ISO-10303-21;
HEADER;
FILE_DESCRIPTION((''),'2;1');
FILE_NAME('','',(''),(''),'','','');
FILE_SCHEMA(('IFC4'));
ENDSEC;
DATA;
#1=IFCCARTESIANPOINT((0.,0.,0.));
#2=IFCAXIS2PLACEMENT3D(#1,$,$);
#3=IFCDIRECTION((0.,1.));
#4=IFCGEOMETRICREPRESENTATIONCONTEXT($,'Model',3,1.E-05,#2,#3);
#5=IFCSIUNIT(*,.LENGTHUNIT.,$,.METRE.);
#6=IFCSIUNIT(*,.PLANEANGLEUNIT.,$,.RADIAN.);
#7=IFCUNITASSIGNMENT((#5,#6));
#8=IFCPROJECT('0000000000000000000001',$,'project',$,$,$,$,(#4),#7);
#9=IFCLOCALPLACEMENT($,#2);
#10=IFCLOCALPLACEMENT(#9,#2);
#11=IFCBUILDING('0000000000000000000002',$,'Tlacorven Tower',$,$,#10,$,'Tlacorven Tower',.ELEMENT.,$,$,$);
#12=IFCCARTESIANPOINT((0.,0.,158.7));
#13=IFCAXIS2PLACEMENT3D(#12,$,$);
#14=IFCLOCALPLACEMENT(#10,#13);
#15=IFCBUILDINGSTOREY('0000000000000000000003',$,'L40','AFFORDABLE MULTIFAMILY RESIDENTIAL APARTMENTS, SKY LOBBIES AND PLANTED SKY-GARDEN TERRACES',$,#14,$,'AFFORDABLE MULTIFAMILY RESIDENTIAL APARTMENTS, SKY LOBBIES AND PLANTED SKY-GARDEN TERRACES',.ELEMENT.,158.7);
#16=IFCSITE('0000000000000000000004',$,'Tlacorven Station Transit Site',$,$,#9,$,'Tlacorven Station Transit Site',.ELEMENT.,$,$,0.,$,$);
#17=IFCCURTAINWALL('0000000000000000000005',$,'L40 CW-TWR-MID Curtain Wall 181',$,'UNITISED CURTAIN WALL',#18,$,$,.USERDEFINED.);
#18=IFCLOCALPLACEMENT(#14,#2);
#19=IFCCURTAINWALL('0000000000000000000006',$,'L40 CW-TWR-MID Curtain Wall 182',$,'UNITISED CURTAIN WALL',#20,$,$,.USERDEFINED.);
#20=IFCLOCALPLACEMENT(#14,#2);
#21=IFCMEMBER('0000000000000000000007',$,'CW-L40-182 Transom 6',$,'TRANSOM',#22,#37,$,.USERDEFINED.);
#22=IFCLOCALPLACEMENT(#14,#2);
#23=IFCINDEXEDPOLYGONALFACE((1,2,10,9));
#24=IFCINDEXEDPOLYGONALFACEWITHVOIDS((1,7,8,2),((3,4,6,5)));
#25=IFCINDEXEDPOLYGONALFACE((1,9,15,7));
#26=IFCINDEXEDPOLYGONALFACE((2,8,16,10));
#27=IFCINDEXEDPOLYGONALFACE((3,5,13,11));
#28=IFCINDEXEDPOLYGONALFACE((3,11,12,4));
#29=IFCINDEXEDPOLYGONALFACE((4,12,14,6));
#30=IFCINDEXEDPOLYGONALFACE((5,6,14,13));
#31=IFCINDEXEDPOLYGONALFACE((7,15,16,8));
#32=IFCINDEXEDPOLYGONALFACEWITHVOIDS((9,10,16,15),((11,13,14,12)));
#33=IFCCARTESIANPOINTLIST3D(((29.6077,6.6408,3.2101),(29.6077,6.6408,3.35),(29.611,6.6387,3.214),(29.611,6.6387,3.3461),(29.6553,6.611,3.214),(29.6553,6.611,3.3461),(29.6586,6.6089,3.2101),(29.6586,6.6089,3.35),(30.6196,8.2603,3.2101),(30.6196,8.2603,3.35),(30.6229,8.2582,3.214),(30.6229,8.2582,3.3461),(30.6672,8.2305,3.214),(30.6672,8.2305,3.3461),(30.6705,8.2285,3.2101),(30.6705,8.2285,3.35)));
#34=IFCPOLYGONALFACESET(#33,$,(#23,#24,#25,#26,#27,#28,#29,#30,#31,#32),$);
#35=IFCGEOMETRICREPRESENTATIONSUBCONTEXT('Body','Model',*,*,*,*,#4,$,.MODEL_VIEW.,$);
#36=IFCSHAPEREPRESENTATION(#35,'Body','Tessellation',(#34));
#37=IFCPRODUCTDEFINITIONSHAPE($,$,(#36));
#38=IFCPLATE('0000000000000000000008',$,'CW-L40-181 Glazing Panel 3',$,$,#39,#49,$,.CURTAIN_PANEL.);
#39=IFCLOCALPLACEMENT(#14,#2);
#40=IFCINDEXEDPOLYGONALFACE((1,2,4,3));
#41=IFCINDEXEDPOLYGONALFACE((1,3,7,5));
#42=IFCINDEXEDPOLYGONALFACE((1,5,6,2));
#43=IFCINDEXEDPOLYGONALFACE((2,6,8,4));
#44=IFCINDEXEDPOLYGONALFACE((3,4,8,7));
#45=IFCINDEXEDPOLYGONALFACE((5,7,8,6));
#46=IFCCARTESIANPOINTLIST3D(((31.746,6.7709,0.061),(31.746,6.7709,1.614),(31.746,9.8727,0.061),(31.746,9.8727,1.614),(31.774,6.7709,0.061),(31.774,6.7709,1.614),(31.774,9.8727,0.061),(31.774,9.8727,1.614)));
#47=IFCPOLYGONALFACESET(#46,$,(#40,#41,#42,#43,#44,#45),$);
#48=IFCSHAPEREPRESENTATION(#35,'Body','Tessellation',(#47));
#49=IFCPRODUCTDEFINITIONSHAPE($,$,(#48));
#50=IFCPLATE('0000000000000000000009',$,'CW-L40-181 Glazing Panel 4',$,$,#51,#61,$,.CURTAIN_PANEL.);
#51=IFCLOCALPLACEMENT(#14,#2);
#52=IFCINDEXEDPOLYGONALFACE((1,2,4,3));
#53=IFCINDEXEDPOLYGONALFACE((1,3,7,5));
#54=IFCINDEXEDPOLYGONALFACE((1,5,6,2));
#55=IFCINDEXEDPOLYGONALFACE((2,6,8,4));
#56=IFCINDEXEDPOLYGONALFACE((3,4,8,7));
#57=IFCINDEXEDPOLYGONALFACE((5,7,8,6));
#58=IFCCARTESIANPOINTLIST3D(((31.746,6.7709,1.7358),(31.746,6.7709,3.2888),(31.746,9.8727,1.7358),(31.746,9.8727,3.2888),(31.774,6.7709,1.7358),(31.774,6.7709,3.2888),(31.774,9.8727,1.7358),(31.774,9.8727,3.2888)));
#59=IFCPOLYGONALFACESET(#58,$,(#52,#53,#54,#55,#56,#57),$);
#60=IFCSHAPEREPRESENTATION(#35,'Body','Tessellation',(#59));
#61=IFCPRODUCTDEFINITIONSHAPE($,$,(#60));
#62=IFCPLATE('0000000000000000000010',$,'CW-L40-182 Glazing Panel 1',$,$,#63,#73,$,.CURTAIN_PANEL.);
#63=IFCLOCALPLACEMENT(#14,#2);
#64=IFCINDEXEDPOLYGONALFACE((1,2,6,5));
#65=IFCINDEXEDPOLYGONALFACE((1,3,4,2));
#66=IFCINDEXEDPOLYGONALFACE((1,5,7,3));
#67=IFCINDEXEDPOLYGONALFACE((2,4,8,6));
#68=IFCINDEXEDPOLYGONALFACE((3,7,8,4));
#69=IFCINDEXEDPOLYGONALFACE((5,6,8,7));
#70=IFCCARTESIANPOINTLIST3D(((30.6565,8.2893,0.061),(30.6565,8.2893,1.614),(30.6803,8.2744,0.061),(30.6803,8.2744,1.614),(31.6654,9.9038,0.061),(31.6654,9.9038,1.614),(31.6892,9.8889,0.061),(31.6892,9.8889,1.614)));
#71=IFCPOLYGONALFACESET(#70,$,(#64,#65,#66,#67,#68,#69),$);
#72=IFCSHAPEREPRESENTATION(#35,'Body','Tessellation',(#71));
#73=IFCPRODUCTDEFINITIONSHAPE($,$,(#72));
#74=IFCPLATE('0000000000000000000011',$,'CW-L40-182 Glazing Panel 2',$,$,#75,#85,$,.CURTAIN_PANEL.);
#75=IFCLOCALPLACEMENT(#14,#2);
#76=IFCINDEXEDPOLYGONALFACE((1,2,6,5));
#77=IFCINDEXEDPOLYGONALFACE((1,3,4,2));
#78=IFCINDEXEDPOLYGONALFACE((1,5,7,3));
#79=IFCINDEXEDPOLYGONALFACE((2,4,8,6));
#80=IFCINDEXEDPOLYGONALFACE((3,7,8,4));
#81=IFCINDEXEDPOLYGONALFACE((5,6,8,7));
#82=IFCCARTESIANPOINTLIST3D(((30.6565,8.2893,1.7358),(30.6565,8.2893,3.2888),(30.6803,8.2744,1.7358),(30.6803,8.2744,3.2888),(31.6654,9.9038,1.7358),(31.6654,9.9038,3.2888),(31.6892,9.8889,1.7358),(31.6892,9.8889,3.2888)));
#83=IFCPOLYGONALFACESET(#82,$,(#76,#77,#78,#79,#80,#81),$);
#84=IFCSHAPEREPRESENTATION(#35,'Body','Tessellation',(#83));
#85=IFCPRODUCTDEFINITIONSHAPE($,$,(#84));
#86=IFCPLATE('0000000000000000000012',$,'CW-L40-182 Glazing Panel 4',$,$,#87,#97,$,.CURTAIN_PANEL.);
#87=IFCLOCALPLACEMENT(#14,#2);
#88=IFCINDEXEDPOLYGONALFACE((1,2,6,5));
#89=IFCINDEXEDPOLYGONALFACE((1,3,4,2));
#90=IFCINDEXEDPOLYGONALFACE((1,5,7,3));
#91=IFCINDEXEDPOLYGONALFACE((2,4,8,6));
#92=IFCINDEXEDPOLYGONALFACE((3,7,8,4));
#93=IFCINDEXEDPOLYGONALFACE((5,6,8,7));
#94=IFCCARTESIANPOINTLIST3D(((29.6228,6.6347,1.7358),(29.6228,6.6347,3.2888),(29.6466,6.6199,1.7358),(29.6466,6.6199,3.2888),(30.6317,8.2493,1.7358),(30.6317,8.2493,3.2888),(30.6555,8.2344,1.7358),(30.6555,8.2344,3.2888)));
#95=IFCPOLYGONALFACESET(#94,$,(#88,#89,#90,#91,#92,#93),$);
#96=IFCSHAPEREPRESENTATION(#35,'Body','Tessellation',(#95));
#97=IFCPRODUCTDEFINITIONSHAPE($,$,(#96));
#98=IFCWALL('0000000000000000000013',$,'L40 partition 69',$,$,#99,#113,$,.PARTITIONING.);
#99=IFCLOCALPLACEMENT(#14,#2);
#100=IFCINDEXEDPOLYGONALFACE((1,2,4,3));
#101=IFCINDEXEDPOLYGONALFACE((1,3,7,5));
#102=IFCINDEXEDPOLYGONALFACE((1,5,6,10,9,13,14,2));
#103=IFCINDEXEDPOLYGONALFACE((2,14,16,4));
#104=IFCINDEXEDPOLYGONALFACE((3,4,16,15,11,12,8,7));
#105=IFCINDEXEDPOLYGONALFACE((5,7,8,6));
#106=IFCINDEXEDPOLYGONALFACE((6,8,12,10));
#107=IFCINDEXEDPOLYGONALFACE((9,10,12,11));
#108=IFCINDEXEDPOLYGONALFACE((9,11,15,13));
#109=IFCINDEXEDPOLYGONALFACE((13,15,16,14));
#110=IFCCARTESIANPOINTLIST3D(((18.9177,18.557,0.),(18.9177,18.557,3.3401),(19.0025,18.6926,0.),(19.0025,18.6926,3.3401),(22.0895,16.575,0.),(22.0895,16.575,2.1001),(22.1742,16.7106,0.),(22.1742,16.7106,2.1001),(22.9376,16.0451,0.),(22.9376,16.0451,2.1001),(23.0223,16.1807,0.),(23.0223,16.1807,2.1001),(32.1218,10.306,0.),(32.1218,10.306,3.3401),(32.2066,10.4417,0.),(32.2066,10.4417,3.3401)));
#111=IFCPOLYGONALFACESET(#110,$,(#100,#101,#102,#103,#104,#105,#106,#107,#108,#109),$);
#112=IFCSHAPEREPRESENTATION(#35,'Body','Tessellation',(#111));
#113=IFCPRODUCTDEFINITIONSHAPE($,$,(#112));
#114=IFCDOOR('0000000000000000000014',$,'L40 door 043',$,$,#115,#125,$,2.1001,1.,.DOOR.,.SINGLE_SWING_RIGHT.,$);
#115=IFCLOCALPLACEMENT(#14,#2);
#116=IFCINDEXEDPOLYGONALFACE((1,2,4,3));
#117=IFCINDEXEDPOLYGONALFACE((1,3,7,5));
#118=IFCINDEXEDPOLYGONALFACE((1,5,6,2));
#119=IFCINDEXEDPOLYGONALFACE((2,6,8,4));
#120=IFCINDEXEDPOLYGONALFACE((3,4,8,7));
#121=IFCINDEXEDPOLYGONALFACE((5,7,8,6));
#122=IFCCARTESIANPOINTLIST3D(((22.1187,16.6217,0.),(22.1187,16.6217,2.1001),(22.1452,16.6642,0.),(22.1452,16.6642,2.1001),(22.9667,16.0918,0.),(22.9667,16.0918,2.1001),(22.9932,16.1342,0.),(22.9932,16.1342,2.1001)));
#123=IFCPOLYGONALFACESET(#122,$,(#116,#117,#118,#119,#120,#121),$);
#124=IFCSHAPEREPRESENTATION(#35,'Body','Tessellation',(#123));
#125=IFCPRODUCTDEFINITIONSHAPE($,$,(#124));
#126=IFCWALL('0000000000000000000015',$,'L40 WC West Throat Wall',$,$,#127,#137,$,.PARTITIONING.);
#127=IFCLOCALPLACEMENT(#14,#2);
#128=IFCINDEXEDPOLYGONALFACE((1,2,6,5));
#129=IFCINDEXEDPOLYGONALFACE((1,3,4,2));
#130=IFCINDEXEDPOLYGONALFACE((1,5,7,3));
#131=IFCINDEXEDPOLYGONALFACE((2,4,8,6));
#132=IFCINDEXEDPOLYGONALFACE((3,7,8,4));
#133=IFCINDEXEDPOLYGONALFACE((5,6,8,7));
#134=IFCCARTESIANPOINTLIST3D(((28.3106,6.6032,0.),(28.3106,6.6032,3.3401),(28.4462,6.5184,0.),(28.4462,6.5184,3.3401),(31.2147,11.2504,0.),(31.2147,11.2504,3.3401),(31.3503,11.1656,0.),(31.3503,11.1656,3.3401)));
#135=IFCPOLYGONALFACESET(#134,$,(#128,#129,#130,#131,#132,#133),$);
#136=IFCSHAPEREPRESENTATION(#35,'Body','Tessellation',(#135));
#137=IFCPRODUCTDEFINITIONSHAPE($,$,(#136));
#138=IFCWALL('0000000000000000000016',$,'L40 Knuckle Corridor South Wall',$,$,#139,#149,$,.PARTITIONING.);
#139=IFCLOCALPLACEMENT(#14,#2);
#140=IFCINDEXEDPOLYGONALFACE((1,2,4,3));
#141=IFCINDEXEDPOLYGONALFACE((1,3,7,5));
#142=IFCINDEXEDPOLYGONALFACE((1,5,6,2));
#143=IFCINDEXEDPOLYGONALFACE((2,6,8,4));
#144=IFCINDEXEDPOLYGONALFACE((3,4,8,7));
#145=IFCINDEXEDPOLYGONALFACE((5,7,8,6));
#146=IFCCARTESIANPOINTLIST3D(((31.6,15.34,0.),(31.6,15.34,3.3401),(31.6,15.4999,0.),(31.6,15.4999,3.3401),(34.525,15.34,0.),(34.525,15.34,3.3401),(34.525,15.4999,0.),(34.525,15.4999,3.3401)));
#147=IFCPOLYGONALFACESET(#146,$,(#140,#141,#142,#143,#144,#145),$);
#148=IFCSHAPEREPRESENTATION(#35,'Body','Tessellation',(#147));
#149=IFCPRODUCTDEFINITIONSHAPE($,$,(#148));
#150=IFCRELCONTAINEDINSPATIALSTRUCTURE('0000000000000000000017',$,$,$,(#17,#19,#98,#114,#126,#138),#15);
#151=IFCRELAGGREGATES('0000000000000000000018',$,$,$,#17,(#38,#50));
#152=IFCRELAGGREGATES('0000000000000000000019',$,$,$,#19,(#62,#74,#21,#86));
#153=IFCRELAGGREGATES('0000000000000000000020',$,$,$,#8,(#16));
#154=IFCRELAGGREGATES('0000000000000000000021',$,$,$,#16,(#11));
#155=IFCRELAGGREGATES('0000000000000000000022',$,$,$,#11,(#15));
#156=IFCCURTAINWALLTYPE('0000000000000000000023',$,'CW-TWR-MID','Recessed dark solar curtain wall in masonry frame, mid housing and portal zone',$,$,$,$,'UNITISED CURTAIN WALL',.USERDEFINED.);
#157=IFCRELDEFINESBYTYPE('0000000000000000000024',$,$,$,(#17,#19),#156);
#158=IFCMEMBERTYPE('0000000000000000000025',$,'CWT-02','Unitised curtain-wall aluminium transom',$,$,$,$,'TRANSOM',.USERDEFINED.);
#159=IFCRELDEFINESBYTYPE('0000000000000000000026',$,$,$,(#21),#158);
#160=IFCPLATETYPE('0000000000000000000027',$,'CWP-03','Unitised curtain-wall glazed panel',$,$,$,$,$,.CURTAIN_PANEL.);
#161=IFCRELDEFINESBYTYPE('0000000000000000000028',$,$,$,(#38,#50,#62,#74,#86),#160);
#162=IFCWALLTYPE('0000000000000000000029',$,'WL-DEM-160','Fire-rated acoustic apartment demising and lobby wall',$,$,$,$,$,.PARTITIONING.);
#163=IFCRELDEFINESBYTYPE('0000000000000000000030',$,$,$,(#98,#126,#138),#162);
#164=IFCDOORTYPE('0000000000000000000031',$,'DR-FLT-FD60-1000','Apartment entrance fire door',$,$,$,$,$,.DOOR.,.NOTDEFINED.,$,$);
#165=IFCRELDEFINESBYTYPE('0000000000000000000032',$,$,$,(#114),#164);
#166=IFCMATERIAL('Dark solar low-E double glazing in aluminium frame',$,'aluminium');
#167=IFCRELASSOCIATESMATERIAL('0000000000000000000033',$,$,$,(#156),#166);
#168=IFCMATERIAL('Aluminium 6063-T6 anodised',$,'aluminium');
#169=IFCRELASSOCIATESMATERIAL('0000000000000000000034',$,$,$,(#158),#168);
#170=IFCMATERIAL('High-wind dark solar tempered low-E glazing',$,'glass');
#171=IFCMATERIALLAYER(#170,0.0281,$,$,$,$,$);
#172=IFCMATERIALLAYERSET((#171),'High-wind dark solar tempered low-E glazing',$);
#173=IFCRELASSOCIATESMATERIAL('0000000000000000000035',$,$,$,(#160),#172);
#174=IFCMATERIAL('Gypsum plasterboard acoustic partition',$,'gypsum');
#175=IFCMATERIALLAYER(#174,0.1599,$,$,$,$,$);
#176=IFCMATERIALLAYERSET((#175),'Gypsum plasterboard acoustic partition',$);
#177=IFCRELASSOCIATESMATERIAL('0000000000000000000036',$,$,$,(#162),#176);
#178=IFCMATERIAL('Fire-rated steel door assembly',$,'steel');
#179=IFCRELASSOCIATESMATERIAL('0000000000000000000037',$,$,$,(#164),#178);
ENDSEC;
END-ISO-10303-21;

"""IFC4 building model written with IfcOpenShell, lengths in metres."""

from ifc_helpers import new_model, si_unit, direction, frame, frame_2d, origin, origin_2d, place, context, subcontext, project, spatial, rectangle, hollow_rectangle, extrude, source, transform, mapped, material, layer, layer_set, material_profile, profile_set, type_object, element, fill, aggregate, save


model = new_model("IFC4")

# Units and contexts
model_context = context("Model", 3, precision=1e-05, world=origin(), true_north=direction((0.0, 1.0)))
body_context = subcontext(model_context, "Body", "Model", "MODEL_VIEW")
ifc_project = project(units=[si_unit("LENGTHUNIT", "METRE"), si_unit("PLANEANGLEUNIT", "RADIAN")], contexts=[model_context])

# Site, building, storey
site_placement = place(None, origin())
site = spatial("IfcSite", under=ifc_project, at=site_placement, Name="Tlacorven Station Transit Site", LongName="Tlacorven Station Transit Site", CompositionType="ELEMENT", RefElevation=0.0)
building_placement = place(site_placement, origin())
building = spatial("IfcBuilding", under=site, at=building_placement, Name="Tlacorven Tower", LongName="Tlacorven Tower", CompositionType="ELEMENT")
storey_placement = place(building_placement, frame((0.0, 0.0, 158.7)))
storey = spatial("IfcBuildingStorey", under=building, at=storey_placement, Name="L40", Description="AFFORDABLE MULTIFAMILY RESIDENTIAL APARTMENTS, SKY LOBBIES AND PLANTED SKY-GARDEN TERRACES", LongName="AFFORDABLE MULTIFAMILY RESIDENTIAL APARTMENTS, SKY LOBBIES AND PLANTED SKY-GARDEN TERRACES", CompositionType="ELEMENT", Elevation=158.7)

# Curtain wall
ifc_material_1 = material(Name="Dark solar low-E double glazing in aluminium frame", Category="aluminium")
curtain_wall_type = type_object("IfcCurtainWallType", Name="CW-TWR-MID", Description="Recessed dark solar curtain wall in masonry frame, mid housing and portal zone", ElementType="UNITISED CURTAIN WALL", PredefinedType="USERDEFINED", material=ifc_material_1)
curtain_wall_1_placement = place(storey_placement, origin())
curtain_wall_1 = element("IfcCurtainWall", 1, at=curtain_wall_1_placement, inside=storey, type_object=curtain_wall_type, Name="L40 CW-TWR-MID Curtain Wall 181", ObjectType="UNITISED CURTAIN WALL", PredefinedType="USERDEFINED")
ifc_material_2 = material(Name="Aluminium 6063-T6 anodised", Category="aluminium")

# Curtain wall, member
curtain_wall_2_placement = place(storey_placement, origin())
curtain_wall_2 = element("IfcCurtainWall", 2, at=curtain_wall_2_placement, inside=storey, type_object=curtain_wall_type, Name="L40 CW-TWR-MID Curtain Wall 182", ObjectType="UNITISED CURTAIN WALL", PredefinedType="USERDEFINED")
ifc_material_profile_1 = material_profile(ifc_material_2, hollow_rectangle(XDim=0.0601, YDim=0.1399, WallThickness=0.0039, at=origin_2d()), Name="ALU TRANSOM 60X140")
ifc_profile_set_1 = profile_set([ifc_material_profile_1], Name="Aluminium 6063-T6 anodised")
member_type_1 = type_object("IfcMemberType", Name="CWT-02", Description="Unitised curtain-wall aluminium transom", ElementType="TRANSOM", PredefinedType="USERDEFINED", material=ifc_profile_set_1)
shared_shape_1 = source(origin(), body_context, "Body", "SweptSolid", [
    extrude(hollow_rectangle(XDim=0.0601, YDim=0.1399, WallThickness=0.0039, at=origin_2d()), origin(), (0.0, 0.0, 1.0), 1.9097),
])
member_1_placement = place(storey_placement, frame((30.645, 8.2444, 3.28), z_axis=(-0.529884, -0.84807, 0.0), x_axis=(0.84807, -0.529884, 0.0)))
member_1 = element("IfcMember", 3, at=member_1_placement, type_object=member_type_1, Name="CW-L40-182 Transom 6", ObjectType="TRANSOM", PredefinedType="USERDEFINED", context=body_context, shape_type="MappedRepresentation", body=[
    mapped(shared_shape_1, transform((0.0, 0.0, 0.0), scale=1.0)),
])

# Plates
ifc_material_3 = material(Name="High-wind dark solar tempered low-E glazing", Category="glass")
ifc_layer_1 = layer(ifc_material_3, 0.0281)
ifc_layer_set_1 = layer_set([ifc_layer_1], Name="High-wind dark solar tempered low-E glazing")
plate_type = type_object("IfcPlateType", Name="CWP-03", Description="Unitised curtain-wall glazed panel", PredefinedType="CURTAIN_PANEL", material=ifc_layer_set_1)
shared_shape_2 = source(origin(), body_context, "Body", "SweptSolid", [
    extrude(rectangle(XDim=3.1018, YDim=0.0281, at=origin_2d()), origin(), (0.0, 0.0, 1.0), 1.553),
])
plate_1_placement = place(storey_placement, frame((31.76, 8.3218, 0.061), z_axis=(0.0, 0.0, 1.0), x_axis=(0.0, 1.0, 0.0)))
plate_1 = element("IfcPlate", 4, at=plate_1_placement, type_object=plate_type, Name="CW-L40-181 Glazing Panel 3", PredefinedType="CURTAIN_PANEL", context=body_context, shape_type="MappedRepresentation", body=[
    mapped(shared_shape_2, transform((0.0, 0.0, 0.0), scale=1.0)),
])
plate_2_placement = place(storey_placement, frame((31.76, 8.3218, 1.7358), z_axis=(0.0, 0.0, 1.0), x_axis=(0.0, 1.0, 0.0)))
plate_2 = element("IfcPlate", 5, at=plate_2_placement, type_object=plate_type, Name="CW-L40-181 Glazing Panel 4", PredefinedType="CURTAIN_PANEL", context=body_context, shape_type="MappedRepresentation", body=[
    mapped(shared_shape_2, transform((0.0, 0.0, 0.0), scale=1.0)),
])
aggregate(curtain_wall_1, [plate_1, plate_2])
shared_shape_3 = source(origin(), body_context, "Body", "SweptSolid", [
    extrude(rectangle(XDim=1.9038, YDim=0.0281, at=origin_2d()), origin(), (0.0, 0.0, 1.0), 1.553),
])
plate_3_placement = place(storey_placement, frame((31.1729, 9.0891, 0.061), z_axis=(0.0, 0.0, 1.0), x_axis=(-0.529919, -0.848048, 0.0)))
plate_3 = element("IfcPlate", 6, at=plate_3_placement, type_object=plate_type, Name="CW-L40-182 Glazing Panel 1", PredefinedType="CURTAIN_PANEL", context=body_context, shape_type="MappedRepresentation", body=[
    mapped(shared_shape_3, transform((0.0, 0.0, 0.0), scale=1.0)),
])
plate_4_placement = place(storey_placement, frame((31.1729, 9.0891, 1.7358), z_axis=(0.0, 0.0, 1.0), x_axis=(-0.529919, -0.848048, 0.0)))
plate_4 = element("IfcPlate", 7, at=plate_4_placement, type_object=plate_type, Name="CW-L40-182 Glazing Panel 2", PredefinedType="CURTAIN_PANEL", context=body_context, shape_type="MappedRepresentation", body=[
    mapped(shared_shape_3, transform((0.0, 0.0, 0.0), scale=1.0)),
])
plate_5_placement = place(storey_placement, frame((30.1392, 7.4346, 1.7358), z_axis=(0.0, 0.0, 1.0), x_axis=(-0.529919, -0.848048, 0.0)))
plate_5 = element("IfcPlate", 8, at=plate_5_placement, type_object=plate_type, Name="CW-L40-182 Glazing Panel 4", PredefinedType="CURTAIN_PANEL", context=body_context, shape_type="MappedRepresentation", body=[
    mapped(shared_shape_3, transform((0.0, 0.0, 0.0), scale=1.0)),
])
aggregate(curtain_wall_2, [plate_3, plate_4, member_1, plate_5])

# Wall, opening, door
ifc_material_4 = material(Name="Gypsum plasterboard acoustic partition", Category="gypsum")
ifc_layer_2 = layer(ifc_material_4, 0.1599)
ifc_layer_set_2 = layer_set([ifc_layer_2], Name="Gypsum plasterboard acoustic partition")
wall_type_1 = type_object("IfcWallType", Name="WL-DEM-160", Description="Fire-rated acoustic apartment demising and lobby wall", PredefinedType="PARTITIONING", material=ifc_layer_set_2)
wall_1_placement = place(storey_placement, frame((32.1643, 10.3738, 0.0), z_axis=(0.0, 0.0, 1.0), x_axis=(-0.848044, 0.529926, 0.0)))
wall_1 = element("IfcWall", 9, at=wall_1_placement, inside=storey, type_object=wall_type_1, Name="L40 partition 69", PredefinedType="PARTITIONING", context=body_context, shape_type="SweptSolid", body=[
    extrude(rectangle(XDim=15.5701, YDim=0.1599, at=frame_2d((7.7852, 0.0))), origin(), (0.0, 0.0, 1.0), 3.3401),
])
opening_1_placement = place(wall_1_placement, frame((10.8301, 0.0, 0.0)))
opening_1 = element("IfcOpeningElement", 10, at=opening_1_placement, cuts=wall_1, PredefinedType="OPENING", context=body_context, shape_type="SweptSolid", body=[
    extrude(rectangle(XDim=1.0, YDim=2.1001, at=frame_2d((0.5, 1.05))), frame((0.0, 0.0898, 0.0), z_axis=(0.0, -1.0, 0.0), x_axis=(1.0, 0.0, 0.0)), (0.0, 0.0, 1.0), 0.1799),
])
ifc_material_5 = material(Name="Fire-rated steel door assembly", Category="steel")
door_type_1 = type_object("IfcDoorType", Name="DR-FLT-FD60-1000", Description="Apartment entrance fire door", OperationType="NOTDEFINED", PredefinedType="DOOR", material=ifc_material_5)
shared_shape_4 = source(origin(), body_context, "Body", "SweptSolid", [
    extrude(rectangle(XDim=1.0, YDim=2.1001, at=frame_2d((0.5, 1.05))), frame((0.0, 0.0249, 0.0), z_axis=(0.0, -1.0, 0.0), x_axis=(1.0, 0.0, 0.0)), (0.0, 0.0, 1.0), 0.05),
])
door_1_placement = place(opening_1_placement, origin())
door_1 = element("IfcDoor", 11, at=door_1_placement, inside=storey, type_object=door_type_1, Name="L40 door 043", OperationType="SINGLE_SWING_RIGHT", OverallHeight=2.1001, OverallWidth=1.0, PredefinedType="DOOR", context=body_context, shape_type="MappedRepresentation", body=[
    mapped(shared_shape_4, transform((0.0, 0.0, 0.0), scale=1.0)),
])
fill(opening_1, door_1)

# Walls
wall_2_placement = place(storey_placement, frame((31.2825, 11.208, 0.0), z_axis=(0.0, 0.0, 1.0), x_axis=(-0.529939, -0.848036, 0.0)))
element("IfcWall", 12, at=wall_2_placement, inside=storey, type_object=wall_type_1, Name="L40 WC West Throat Wall", PredefinedType="PARTITIONING", context=body_context, shape_type="SweptSolid", body=[
    extrude(rectangle(XDim=5.48, YDim=0.1599, at=frame_2d((2.74, 0.0))), origin(), (0.0, 0.0, 1.0), 3.3401),
])
wall_3_placement = place(storey_placement, frame((31.6001, 15.4199, 0.0), z_axis=(0.0, 0.0, 1.0), x_axis=(1.0, 0.0, 0.0)))
element("IfcWall", 13, at=wall_3_placement, inside=storey, type_object=wall_type_1, Name="L40 Knuckle Corridor South Wall", PredefinedType="PARTITIONING", context=body_context, shape_type="SweptSolid", body=[
    extrude(rectangle(XDim=2.925, YDim=0.1599, at=frame_2d((1.4624, 0.0))), origin(), (0.0, 0.0, 1.0), 3.3401),
])

save(model, "model.ifc")
